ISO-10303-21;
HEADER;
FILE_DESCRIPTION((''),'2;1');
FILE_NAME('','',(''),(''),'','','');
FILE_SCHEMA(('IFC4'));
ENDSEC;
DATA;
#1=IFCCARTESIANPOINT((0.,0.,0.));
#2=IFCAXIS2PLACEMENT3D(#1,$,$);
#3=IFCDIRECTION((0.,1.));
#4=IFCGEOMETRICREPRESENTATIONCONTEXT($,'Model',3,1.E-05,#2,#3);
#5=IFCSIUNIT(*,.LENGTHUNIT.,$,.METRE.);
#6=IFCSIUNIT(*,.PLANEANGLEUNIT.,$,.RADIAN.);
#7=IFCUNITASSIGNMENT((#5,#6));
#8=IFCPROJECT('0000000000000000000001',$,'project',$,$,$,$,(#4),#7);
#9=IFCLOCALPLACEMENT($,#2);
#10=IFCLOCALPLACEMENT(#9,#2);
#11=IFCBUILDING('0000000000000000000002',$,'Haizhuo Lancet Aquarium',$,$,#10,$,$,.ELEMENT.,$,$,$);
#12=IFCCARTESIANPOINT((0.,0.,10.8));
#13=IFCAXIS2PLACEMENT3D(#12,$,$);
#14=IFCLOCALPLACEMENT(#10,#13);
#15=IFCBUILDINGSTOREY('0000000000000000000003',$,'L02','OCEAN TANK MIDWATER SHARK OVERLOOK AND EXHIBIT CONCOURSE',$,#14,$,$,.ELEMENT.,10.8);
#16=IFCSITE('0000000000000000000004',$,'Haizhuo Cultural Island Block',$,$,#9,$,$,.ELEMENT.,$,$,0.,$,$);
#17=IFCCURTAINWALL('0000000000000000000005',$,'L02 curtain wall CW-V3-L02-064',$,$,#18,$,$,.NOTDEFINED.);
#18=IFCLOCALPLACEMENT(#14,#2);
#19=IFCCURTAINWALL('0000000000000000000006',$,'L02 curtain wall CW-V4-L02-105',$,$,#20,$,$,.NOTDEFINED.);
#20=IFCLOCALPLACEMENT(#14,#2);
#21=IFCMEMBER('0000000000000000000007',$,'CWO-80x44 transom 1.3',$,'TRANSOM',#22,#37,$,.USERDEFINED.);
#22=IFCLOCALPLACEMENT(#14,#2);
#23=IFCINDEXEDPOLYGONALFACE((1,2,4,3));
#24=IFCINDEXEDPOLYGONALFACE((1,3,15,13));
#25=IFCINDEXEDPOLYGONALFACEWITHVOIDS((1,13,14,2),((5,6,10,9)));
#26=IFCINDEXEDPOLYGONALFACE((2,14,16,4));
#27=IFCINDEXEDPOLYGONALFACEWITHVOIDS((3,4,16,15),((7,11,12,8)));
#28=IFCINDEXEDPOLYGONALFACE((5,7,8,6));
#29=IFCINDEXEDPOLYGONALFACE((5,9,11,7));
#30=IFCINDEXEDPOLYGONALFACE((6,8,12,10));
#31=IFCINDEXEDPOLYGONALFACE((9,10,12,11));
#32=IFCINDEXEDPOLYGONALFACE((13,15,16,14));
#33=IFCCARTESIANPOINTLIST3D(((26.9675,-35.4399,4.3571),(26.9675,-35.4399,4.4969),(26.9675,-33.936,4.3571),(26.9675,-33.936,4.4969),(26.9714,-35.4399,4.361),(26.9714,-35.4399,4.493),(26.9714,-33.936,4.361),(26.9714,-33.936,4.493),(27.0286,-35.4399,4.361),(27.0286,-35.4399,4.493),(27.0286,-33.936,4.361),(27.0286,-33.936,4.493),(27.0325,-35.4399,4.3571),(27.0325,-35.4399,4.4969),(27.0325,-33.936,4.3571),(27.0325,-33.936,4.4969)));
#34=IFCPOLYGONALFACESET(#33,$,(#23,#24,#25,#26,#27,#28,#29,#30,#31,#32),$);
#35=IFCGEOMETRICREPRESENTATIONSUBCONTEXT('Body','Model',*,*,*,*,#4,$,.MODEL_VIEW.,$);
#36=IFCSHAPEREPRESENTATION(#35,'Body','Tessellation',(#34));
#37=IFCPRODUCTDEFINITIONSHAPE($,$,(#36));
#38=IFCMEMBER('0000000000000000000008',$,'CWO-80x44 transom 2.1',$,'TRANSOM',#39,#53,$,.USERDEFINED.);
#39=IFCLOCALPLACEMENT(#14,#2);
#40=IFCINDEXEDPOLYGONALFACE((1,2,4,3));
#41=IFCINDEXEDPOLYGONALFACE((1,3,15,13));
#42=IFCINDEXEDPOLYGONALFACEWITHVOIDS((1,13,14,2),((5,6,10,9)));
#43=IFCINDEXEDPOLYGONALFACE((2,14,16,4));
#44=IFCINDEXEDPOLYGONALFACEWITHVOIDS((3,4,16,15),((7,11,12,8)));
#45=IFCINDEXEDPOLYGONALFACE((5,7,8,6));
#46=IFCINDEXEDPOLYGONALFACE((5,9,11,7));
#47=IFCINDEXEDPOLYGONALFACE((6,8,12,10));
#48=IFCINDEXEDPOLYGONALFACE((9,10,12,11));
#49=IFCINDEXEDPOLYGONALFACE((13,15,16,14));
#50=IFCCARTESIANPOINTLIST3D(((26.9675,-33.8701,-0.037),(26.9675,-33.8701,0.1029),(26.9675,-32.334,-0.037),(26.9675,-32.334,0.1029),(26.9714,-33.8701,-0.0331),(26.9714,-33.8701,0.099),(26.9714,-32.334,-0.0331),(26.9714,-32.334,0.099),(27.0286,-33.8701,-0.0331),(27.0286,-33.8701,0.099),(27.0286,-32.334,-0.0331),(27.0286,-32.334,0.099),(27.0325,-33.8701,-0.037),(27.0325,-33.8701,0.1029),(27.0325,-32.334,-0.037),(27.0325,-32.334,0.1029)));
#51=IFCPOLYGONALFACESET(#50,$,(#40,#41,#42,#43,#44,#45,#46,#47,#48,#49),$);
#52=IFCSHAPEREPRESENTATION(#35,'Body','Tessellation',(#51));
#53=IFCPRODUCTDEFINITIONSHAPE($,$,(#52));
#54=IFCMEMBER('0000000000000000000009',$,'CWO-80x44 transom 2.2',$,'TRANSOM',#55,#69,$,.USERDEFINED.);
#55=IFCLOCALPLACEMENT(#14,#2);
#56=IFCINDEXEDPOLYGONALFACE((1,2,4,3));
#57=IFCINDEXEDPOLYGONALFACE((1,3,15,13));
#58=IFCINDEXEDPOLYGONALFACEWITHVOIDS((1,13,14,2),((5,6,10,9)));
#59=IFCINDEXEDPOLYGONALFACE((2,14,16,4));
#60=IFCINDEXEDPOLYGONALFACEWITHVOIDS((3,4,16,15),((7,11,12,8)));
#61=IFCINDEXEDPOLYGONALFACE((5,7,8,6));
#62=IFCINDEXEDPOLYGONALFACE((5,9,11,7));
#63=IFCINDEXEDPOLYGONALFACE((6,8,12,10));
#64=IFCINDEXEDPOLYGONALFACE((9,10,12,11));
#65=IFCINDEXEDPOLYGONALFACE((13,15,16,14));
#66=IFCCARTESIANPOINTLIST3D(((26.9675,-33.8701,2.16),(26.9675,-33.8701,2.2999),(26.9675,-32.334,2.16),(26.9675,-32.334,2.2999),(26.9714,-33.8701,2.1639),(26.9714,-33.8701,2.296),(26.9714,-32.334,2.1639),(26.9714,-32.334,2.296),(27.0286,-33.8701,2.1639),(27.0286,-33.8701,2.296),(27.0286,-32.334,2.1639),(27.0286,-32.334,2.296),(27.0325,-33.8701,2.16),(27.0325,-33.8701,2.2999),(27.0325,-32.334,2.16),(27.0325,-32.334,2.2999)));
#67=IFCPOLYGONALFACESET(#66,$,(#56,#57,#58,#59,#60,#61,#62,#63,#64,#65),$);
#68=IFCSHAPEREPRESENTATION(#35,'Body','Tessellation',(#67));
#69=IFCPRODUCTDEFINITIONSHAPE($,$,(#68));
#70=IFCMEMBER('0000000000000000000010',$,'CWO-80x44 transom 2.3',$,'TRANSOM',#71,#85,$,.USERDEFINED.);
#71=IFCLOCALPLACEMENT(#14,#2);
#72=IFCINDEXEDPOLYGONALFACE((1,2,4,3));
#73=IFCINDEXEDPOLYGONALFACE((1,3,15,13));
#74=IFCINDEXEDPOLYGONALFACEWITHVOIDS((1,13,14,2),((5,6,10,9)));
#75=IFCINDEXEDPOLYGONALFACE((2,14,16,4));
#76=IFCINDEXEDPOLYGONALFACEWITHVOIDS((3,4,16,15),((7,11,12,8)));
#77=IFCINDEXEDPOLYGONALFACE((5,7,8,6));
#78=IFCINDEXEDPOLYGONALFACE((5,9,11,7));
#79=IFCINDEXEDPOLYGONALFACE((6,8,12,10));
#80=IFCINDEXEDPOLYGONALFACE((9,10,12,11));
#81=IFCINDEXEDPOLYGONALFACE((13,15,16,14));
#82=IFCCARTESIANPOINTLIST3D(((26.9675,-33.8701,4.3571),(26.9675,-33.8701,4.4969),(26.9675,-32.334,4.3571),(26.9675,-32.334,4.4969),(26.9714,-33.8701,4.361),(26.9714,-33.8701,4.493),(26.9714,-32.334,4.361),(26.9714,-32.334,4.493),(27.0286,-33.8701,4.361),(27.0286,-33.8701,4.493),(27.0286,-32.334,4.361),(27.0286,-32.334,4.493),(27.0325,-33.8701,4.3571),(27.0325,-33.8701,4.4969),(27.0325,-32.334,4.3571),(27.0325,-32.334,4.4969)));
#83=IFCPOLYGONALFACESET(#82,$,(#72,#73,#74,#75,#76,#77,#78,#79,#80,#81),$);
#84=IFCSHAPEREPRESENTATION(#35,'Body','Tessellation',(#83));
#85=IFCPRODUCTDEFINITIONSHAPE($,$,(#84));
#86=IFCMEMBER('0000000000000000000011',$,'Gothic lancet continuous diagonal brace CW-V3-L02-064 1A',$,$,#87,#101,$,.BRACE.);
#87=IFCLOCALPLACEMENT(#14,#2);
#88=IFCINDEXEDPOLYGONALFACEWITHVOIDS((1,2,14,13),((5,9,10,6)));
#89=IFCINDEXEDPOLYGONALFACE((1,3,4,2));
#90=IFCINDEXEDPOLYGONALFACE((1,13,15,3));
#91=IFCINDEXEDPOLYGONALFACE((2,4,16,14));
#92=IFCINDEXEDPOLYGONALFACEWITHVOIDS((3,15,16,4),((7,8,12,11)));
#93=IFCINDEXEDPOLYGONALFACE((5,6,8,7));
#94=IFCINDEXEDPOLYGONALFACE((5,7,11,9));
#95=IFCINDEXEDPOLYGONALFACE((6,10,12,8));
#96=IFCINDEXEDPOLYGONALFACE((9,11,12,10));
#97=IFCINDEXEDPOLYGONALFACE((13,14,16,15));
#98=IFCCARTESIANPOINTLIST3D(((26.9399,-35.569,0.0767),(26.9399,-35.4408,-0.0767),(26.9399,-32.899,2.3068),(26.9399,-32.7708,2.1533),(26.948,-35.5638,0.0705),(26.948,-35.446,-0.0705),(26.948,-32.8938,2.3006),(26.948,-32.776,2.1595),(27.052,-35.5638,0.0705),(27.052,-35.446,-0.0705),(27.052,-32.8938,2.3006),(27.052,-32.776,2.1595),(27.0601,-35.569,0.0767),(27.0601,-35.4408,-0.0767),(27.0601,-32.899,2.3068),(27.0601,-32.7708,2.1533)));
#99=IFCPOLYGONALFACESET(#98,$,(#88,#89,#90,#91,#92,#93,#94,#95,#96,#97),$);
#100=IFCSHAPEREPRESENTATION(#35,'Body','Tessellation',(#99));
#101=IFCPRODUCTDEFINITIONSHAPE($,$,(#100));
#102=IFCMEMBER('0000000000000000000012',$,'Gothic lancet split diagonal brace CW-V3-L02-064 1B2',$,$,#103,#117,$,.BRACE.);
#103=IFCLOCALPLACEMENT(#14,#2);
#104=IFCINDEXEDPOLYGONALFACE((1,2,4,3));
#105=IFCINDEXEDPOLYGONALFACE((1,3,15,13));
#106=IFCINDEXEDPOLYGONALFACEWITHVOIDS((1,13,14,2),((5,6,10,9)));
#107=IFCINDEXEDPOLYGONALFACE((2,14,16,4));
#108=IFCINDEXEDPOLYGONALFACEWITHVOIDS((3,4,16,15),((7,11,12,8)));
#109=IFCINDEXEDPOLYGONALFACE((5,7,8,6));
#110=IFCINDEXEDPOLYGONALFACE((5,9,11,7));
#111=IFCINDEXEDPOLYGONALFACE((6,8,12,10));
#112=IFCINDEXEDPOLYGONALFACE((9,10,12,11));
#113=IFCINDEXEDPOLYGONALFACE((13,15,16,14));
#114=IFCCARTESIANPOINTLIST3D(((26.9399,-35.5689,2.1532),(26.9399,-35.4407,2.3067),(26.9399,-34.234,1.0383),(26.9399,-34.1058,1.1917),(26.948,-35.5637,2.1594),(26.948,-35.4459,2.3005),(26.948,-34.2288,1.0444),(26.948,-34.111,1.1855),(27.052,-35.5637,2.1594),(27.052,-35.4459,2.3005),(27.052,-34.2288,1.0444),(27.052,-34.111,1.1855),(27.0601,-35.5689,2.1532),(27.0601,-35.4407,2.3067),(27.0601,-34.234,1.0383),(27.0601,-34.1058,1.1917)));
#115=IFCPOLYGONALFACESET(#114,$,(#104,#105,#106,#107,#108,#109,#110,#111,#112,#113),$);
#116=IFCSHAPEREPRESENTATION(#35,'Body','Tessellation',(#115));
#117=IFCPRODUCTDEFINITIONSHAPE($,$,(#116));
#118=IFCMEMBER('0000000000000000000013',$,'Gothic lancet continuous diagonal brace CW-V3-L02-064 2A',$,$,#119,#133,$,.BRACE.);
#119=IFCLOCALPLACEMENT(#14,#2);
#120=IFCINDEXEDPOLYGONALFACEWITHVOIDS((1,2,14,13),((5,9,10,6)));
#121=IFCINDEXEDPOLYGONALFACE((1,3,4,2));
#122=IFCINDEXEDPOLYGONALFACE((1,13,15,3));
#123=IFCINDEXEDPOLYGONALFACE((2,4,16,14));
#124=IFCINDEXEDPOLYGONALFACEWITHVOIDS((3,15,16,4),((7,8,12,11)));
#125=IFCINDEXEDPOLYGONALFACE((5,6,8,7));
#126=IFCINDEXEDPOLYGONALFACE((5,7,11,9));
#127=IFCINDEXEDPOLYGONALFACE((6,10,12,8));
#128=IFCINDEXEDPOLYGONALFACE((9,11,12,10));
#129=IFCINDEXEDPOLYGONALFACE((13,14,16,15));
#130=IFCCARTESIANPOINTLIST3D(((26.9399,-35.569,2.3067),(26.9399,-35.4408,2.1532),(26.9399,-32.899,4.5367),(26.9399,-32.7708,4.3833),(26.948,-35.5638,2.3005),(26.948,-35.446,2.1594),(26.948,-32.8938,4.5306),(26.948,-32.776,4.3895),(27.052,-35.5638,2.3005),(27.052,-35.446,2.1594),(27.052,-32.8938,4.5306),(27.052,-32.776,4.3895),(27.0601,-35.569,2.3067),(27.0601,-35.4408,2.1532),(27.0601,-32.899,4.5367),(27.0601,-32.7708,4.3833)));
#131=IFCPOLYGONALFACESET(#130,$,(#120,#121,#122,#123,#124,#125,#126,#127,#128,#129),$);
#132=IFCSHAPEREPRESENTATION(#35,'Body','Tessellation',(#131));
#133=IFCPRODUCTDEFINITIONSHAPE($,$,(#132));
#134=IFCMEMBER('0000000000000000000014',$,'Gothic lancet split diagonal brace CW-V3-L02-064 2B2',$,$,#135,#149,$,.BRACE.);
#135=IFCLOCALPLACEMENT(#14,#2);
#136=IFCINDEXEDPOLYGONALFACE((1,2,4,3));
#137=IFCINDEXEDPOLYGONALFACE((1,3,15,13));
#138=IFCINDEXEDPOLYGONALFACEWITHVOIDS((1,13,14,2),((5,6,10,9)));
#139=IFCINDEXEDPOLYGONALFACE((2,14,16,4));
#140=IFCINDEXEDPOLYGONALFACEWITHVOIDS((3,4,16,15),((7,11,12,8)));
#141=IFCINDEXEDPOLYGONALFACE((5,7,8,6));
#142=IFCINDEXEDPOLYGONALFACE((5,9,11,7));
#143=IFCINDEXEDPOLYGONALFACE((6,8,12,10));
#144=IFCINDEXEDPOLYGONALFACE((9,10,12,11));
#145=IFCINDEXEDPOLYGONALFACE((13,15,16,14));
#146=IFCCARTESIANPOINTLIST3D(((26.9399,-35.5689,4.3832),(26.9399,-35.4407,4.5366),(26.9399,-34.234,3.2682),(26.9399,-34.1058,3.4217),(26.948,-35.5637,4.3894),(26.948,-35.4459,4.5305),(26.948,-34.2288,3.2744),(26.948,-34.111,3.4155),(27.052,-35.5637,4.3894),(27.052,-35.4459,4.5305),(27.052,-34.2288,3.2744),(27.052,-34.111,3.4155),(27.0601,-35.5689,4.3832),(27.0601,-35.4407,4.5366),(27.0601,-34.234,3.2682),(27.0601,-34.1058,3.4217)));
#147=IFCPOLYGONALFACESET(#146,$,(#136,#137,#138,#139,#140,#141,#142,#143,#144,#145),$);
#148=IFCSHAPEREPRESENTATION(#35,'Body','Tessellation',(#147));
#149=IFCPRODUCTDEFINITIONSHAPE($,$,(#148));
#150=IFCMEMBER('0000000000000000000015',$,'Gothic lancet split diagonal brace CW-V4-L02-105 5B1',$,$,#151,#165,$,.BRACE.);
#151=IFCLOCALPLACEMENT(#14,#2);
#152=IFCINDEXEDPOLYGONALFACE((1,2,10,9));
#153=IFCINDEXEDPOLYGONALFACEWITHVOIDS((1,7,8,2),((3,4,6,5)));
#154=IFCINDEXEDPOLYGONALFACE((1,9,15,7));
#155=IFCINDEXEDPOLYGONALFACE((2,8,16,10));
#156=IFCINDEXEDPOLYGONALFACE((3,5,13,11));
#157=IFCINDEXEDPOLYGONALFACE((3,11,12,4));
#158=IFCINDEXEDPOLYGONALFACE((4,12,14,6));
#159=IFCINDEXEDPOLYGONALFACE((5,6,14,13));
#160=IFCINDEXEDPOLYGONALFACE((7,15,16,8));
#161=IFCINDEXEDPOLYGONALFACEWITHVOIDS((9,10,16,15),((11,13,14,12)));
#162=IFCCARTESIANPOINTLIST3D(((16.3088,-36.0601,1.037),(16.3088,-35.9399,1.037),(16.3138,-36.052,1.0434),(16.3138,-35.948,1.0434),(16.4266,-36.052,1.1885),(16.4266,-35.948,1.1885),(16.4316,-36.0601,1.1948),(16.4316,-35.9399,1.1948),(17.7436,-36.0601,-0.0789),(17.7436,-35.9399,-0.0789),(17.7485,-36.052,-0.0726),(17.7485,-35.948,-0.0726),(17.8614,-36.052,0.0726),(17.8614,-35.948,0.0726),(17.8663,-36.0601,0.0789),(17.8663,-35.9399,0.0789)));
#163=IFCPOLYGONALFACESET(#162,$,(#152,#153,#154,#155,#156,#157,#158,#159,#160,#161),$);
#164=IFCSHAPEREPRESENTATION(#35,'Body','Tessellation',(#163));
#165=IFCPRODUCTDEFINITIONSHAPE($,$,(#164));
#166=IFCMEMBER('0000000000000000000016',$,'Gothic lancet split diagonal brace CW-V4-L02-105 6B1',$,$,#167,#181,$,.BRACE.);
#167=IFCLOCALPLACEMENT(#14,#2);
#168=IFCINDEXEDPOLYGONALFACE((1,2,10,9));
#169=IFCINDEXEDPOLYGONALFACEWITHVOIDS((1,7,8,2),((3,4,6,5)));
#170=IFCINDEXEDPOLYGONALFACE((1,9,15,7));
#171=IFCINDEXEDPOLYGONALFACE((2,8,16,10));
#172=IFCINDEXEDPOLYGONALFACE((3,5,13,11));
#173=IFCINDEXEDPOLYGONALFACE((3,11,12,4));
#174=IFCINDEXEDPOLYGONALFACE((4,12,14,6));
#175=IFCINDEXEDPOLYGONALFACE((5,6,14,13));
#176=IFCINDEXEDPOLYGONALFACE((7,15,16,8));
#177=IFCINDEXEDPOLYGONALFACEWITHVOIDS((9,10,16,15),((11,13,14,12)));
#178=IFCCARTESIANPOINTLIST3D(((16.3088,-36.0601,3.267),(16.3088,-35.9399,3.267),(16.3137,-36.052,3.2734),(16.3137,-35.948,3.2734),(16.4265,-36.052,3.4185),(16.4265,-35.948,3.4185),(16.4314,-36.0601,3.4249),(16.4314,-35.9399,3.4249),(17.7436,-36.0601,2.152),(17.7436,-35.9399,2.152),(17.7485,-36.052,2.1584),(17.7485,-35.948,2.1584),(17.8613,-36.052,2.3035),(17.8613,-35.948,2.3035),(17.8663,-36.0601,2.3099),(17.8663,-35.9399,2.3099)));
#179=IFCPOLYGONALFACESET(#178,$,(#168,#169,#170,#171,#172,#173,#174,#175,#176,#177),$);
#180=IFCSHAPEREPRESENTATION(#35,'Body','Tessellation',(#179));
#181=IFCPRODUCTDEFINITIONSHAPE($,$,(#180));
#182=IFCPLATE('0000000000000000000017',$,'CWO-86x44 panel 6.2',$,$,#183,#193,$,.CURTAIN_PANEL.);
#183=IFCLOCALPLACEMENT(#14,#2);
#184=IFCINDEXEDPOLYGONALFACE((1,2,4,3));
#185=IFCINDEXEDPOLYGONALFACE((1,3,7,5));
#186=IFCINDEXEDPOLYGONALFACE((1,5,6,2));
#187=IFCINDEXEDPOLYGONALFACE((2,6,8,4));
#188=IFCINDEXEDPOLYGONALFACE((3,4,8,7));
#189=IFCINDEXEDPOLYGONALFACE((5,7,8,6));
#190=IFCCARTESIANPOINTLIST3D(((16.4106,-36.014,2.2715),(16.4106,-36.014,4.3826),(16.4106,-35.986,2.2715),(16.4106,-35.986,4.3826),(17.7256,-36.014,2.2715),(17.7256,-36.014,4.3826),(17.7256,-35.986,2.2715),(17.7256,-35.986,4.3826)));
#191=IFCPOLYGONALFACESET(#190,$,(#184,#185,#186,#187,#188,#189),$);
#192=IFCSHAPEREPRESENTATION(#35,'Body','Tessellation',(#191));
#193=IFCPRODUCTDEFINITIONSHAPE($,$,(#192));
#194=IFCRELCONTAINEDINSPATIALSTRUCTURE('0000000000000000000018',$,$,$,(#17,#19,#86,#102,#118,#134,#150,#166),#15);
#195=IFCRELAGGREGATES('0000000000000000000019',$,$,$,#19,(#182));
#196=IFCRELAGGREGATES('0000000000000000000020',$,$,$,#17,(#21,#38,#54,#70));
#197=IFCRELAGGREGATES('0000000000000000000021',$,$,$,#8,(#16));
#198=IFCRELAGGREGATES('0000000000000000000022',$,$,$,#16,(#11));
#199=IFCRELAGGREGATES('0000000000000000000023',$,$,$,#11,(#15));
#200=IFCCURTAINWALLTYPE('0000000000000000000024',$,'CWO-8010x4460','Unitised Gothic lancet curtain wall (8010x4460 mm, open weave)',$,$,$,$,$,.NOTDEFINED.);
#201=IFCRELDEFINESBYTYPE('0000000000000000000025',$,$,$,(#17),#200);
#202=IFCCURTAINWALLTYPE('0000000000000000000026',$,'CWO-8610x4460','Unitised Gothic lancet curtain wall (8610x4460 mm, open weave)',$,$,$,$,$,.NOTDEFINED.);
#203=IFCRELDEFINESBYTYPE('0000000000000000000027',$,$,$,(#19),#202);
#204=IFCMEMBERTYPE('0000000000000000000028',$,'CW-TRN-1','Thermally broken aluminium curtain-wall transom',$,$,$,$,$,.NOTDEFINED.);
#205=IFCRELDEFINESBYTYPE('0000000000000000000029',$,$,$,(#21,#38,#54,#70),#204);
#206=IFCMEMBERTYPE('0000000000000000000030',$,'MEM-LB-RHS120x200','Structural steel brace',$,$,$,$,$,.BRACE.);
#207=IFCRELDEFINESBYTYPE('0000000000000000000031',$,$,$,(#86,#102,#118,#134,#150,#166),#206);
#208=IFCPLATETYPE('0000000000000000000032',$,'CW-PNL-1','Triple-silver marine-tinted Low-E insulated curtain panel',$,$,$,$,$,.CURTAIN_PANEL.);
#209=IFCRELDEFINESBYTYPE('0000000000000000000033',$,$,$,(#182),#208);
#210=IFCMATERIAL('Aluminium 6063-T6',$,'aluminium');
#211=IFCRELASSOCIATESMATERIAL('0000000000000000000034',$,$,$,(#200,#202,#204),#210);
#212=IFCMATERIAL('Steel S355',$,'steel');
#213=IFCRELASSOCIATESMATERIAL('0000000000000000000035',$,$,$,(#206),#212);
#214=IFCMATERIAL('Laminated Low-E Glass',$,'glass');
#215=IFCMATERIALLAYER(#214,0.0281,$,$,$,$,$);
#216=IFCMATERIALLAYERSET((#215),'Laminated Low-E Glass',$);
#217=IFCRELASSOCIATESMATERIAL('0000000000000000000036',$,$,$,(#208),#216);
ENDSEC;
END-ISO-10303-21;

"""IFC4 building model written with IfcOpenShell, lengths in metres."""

from ifc_helpers import new_model, si_unit, direction, frame, origin, origin_2d, place, context, subcontext, project, spatial, rectangle, hollow_rectangle, extrude, material, layer, layer_set, material_profile, profile_set, type_object, element, aggregate, save


model = new_model("IFC4")

# Units and contexts
model_context = context("Model", 3, precision=1e-05, world=origin(), true_north=direction((0.0, 1.0)))
body_context = subcontext(model_context, "Body", "Model", "MODEL_VIEW")
ifc_project = project(units=[si_unit("LENGTHUNIT", "METRE"), si_unit("PLANEANGLEUNIT", "RADIAN")], contexts=[model_context])

# Site, building, storey
site_placement = place(None, origin())
site = spatial("IfcSite", under=ifc_project, at=site_placement, Name="Haizhuo Cultural Island Block", CompositionType="ELEMENT", RefElevation=0.0)
building_placement = place(site_placement, origin())
building = spatial("IfcBuilding", under=site, at=building_placement, Name="Haizhuo Lancet Aquarium", CompositionType="ELEMENT")
storey_placement = place(building_placement, frame((0.0, 0.0, 10.8)))
storey = spatial("IfcBuildingStorey", under=building, at=storey_placement, Name="L02", Description="OCEAN TANK MIDWATER SHARK OVERLOOK AND EXHIBIT CONCOURSE", CompositionType="ELEMENT", Elevation=10.8)

# Shared definitions
ifc_material_1 = material(Name="Steel S355", Category="steel")

# Curtain wall
ifc_material_2 = material(Name="Aluminium 6063-T6", Category="aluminium")
curtain_wall_type_1 = type_object("IfcCurtainWallType", Name="CWO-8010x4460", Description="Unitised Gothic lancet curtain wall (8010x4460 mm, open weave)", PredefinedType="NOTDEFINED", material=ifc_material_2)
curtain_wall_1_placement = place(storey_placement, origin())
curtain_wall_1 = element("IfcCurtainWall", 1, at=curtain_wall_1_placement, inside=storey, type_object=curtain_wall_type_1, Name="L02 curtain wall CW-V3-L02-064", PredefinedType="NOTDEFINED")

# Curtain wall
curtain_wall_type_2 = type_object("IfcCurtainWallType", Name="CWO-8610x4460", Description="Unitised Gothic lancet curtain wall (8610x4460 mm, open weave)", PredefinedType="NOTDEFINED", material=ifc_material_2)
curtain_wall_2_placement = place(storey_placement, origin())
curtain_wall_2 = element("IfcCurtainWall", 2, at=curtain_wall_2_placement, inside=storey, type_object=curtain_wall_type_2, Name="L02 curtain wall CW-V4-L02-105", PredefinedType="NOTDEFINED")

# Members
ifc_material_profile_1 = material_profile(ifc_material_2, hollow_rectangle(XDim=0.0649, YDim=0.1399, WallThickness=0.0039, at=origin_2d()), Name="ALU-T 65x140x4")
ifc_profile_set_1 = profile_set([ifc_material_profile_1], Name="Aluminium 6063-T6")
member_type_1 = type_object("IfcMemberType", Name="CW-TRN-1", Description="Thermally broken aluminium curtain-wall transom", PredefinedType="NOTDEFINED", material=ifc_profile_set_1)
member_1_placement = place(storey_placement, frame((27.0, -35.4399, 4.427), z_axis=(0.0, 1.0, 0.0), x_axis=(-1.0, 0.0, 0.0)))
member_1 = element("IfcMember", 3, at=member_1_placement, type_object=member_type_1, Name="CWO-80x44 transom 1.3", ObjectType="TRANSOM", PredefinedType="USERDEFINED", context=body_context, shape_type="SweptSolid", body=[
    extrude(hollow_rectangle(XDim=0.0649, YDim=0.1399, WallThickness=0.0039, at=origin_2d()), origin(), (0.0, 0.0, 1.0), 1.5039),
])
member_2_placement = place(storey_placement, frame((27.0, -33.8701, 0.033), z_axis=(0.0, 1.0, 0.0), x_axis=(-1.0, 0.0, 0.0)))
member_2 = element("IfcMember", 4, at=member_2_placement, type_object=member_type_1, Name="CWO-80x44 transom 2.1", ObjectType="TRANSOM", PredefinedType="USERDEFINED", context=body_context, shape_type="SweptSolid", body=[
    extrude(hollow_rectangle(XDim=0.0649, YDim=0.1399, WallThickness=0.0039, at=origin_2d()), origin(), (0.0, 0.0, 1.0), 1.5361),
])
member_3_placement = place(storey_placement, frame((27.0, -33.8701, 2.23), z_axis=(0.0, 1.0, 0.0), x_axis=(-1.0, 0.0, 0.0)))
member_3 = element("IfcMember", 5, at=member_3_placement, type_object=member_type_1, Name="CWO-80x44 transom 2.2", ObjectType="TRANSOM", PredefinedType="USERDEFINED", context=body_context, shape_type="SweptSolid", body=[
    extrude(hollow_rectangle(XDim=0.0649, YDim=0.1399, WallThickness=0.0039, at=origin_2d()), origin(), (0.0, 0.0, 1.0), 1.5361),
])
member_4_placement = place(storey_placement, frame((27.0, -33.8701, 4.427), z_axis=(0.0, 1.0, 0.0), x_axis=(-1.0, 0.0, 0.0)))
member_4 = element("IfcMember", 6, at=member_4_placement, type_object=member_type_1, Name="CWO-80x44 transom 2.3", ObjectType="TRANSOM", PredefinedType="USERDEFINED", context=body_context, shape_type="SweptSolid", body=[
    extrude(hollow_rectangle(XDim=0.0649, YDim=0.1399, WallThickness=0.0039, at=origin_2d()), origin(), (0.0, 0.0, 1.0), 1.5361),
])

# Members
ifc_material_profile_2 = material_profile(ifc_material_1, hollow_rectangle(XDim=0.1201, YDim=0.2, WallThickness=0.0081, at=origin_2d()), Name="RHS 120x200x8")
ifc_profile_set_2 = profile_set([ifc_material_profile_2], Name="Steel S355")
member_type_2 = type_object("IfcMemberType", Name="MEM-LB-RHS120x200", Description="Structural steel brace", PredefinedType="BRACE", material=ifc_profile_set_2)
member_5_placement = place(storey_placement, frame((27.0, -35.5049, 0.0), z_axis=(0.0, 0.767507, 0.64104), x_axis=(-1.0, 0.0, 0.0)))
element("IfcMember", 7, at=member_5_placement, inside=storey, type_object=member_type_2, Name="Gothic lancet continuous diagonal brace CW-V3-L02-064 1A", PredefinedType="BRACE", context=body_context, shape_type="SweptSolid", body=[
    extrude(hollow_rectangle(XDim=0.1201, YDim=0.2, WallThickness=0.0081, at=origin_2d()), origin(), (0.0, 0.0, 1.0), 3.4788),
])
member_6_placement = place(storey_placement, frame((27.0, -34.1699, 1.115), z_axis=(0.0, -0.767507, 0.64104), x_axis=(1.0, 0.0, 0.0)))
element("IfcMember", 8, at=member_6_placement, inside=storey, type_object=member_type_2, Name="Gothic lancet split diagonal brace CW-V3-L02-064 1B2", PredefinedType="BRACE", context=body_context, shape_type="SweptSolid", body=[
    extrude(hollow_rectangle(XDim=0.1201, YDim=0.2, WallThickness=0.0081, at=origin_2d()), origin(), (0.0, 0.0, 1.0), 1.7393),
])
member_7_placement = place(storey_placement, frame((27.0, -35.5049, 2.23), z_axis=(0.0, 0.767507, 0.64104), x_axis=(-1.0, 0.0, 0.0)))
element("IfcMember", 9, at=member_7_placement, inside=storey, type_object=member_type_2, Name="Gothic lancet continuous diagonal brace CW-V3-L02-064 2A", PredefinedType="BRACE", context=body_context, shape_type="SweptSolid", body=[
    extrude(hollow_rectangle(XDim=0.1201, YDim=0.2, WallThickness=0.0081, at=origin_2d()), origin(), (0.0, 0.0, 1.0), 3.4788),
])
member_8_placement = place(storey_placement, frame((27.0, -34.1699, 3.345), z_axis=(0.0, -0.767507, 0.64104), x_axis=(1.0, 0.0, 0.0)))
element("IfcMember", 10, at=member_8_placement, inside=storey, type_object=member_type_2, Name="Gothic lancet split diagonal brace CW-V3-L02-064 2B2", PredefinedType="BRACE", context=body_context, shape_type="SweptSolid", body=[
    extrude(hollow_rectangle(XDim=0.1201, YDim=0.2, WallThickness=0.0081, at=origin_2d()), origin(), (0.0, 0.0, 1.0), 1.7393),
])
member_9_placement = place(storey_placement, frame((17.8049, -36.0, 0.0), z_axis=(-0.789352, 0.0, 0.613941), x_axis=(0.0, -1.0, 0.0)))
element("IfcMember", 11, at=member_9_placement, inside=storey, type_object=member_type_2, Name="Gothic lancet split diagonal brace CW-V4-L02-105 5B1", PredefinedType="BRACE", context=body_context, shape_type="SweptSolid", body=[
    extrude(hollow_rectangle(XDim=0.1201, YDim=0.2, WallThickness=0.0081, at=origin_2d()), origin(), (0.0, 0.0, 1.0), 1.8176),
])
member_10_placement = place(storey_placement, frame((17.8049, -36.0, 2.231), z_axis=(-0.789613, 0.0, 0.613606), x_axis=(0.0, -1.0, 0.0)))
element("IfcMember", 12, at=member_10_placement, inside=storey, type_object=member_type_2, Name="Gothic lancet split diagonal brace CW-V4-L02-105 6B1", PredefinedType="BRACE", context=body_context, shape_type="SweptSolid", body=[
    extrude(hollow_rectangle(XDim=0.1201, YDim=0.2, WallThickness=0.0081, at=origin_2d()), origin(), (0.0, 0.0, 1.0), 1.8171),
])

# Plate
ifc_material_3 = material(Name="Laminated Low-E Glass", Category="glass")
ifc_layer_1 = layer(ifc_material_3, 0.0281)
ifc_layer_set_1 = layer_set([ifc_layer_1], Name="Laminated Low-E Glass")
plate_type_1 = type_object("IfcPlateType", Name="CW-PNL-1", Description="Triple-silver marine-tinted Low-E insulated curtain panel", PredefinedType="CURTAIN_PANEL", material=ifc_layer_set_1)
plate_1_placement = place(storey_placement, frame((17.0681, -36.0, 2.2715), z_axis=(0.0, 0.0, 1.0), x_axis=(1.0, 0.0, 0.0)))
plate_1 = element("IfcPlate", 13, at=plate_1_placement, type_object=plate_type_1, Name="CWO-86x44 panel 6.2", PredefinedType="CURTAIN_PANEL", context=body_context, shape_type="SweptSolid", body=[
    extrude(rectangle(XDim=1.3149, YDim=0.0281, at=origin_2d()), origin(), (0.0, 0.0, 1.0), 2.1111),
])
aggregate(curtain_wall_2, [plate_1])
aggregate(curtain_wall_1, [member_1, member_2, member_3, member_4])

save(model, "model.ifc")
